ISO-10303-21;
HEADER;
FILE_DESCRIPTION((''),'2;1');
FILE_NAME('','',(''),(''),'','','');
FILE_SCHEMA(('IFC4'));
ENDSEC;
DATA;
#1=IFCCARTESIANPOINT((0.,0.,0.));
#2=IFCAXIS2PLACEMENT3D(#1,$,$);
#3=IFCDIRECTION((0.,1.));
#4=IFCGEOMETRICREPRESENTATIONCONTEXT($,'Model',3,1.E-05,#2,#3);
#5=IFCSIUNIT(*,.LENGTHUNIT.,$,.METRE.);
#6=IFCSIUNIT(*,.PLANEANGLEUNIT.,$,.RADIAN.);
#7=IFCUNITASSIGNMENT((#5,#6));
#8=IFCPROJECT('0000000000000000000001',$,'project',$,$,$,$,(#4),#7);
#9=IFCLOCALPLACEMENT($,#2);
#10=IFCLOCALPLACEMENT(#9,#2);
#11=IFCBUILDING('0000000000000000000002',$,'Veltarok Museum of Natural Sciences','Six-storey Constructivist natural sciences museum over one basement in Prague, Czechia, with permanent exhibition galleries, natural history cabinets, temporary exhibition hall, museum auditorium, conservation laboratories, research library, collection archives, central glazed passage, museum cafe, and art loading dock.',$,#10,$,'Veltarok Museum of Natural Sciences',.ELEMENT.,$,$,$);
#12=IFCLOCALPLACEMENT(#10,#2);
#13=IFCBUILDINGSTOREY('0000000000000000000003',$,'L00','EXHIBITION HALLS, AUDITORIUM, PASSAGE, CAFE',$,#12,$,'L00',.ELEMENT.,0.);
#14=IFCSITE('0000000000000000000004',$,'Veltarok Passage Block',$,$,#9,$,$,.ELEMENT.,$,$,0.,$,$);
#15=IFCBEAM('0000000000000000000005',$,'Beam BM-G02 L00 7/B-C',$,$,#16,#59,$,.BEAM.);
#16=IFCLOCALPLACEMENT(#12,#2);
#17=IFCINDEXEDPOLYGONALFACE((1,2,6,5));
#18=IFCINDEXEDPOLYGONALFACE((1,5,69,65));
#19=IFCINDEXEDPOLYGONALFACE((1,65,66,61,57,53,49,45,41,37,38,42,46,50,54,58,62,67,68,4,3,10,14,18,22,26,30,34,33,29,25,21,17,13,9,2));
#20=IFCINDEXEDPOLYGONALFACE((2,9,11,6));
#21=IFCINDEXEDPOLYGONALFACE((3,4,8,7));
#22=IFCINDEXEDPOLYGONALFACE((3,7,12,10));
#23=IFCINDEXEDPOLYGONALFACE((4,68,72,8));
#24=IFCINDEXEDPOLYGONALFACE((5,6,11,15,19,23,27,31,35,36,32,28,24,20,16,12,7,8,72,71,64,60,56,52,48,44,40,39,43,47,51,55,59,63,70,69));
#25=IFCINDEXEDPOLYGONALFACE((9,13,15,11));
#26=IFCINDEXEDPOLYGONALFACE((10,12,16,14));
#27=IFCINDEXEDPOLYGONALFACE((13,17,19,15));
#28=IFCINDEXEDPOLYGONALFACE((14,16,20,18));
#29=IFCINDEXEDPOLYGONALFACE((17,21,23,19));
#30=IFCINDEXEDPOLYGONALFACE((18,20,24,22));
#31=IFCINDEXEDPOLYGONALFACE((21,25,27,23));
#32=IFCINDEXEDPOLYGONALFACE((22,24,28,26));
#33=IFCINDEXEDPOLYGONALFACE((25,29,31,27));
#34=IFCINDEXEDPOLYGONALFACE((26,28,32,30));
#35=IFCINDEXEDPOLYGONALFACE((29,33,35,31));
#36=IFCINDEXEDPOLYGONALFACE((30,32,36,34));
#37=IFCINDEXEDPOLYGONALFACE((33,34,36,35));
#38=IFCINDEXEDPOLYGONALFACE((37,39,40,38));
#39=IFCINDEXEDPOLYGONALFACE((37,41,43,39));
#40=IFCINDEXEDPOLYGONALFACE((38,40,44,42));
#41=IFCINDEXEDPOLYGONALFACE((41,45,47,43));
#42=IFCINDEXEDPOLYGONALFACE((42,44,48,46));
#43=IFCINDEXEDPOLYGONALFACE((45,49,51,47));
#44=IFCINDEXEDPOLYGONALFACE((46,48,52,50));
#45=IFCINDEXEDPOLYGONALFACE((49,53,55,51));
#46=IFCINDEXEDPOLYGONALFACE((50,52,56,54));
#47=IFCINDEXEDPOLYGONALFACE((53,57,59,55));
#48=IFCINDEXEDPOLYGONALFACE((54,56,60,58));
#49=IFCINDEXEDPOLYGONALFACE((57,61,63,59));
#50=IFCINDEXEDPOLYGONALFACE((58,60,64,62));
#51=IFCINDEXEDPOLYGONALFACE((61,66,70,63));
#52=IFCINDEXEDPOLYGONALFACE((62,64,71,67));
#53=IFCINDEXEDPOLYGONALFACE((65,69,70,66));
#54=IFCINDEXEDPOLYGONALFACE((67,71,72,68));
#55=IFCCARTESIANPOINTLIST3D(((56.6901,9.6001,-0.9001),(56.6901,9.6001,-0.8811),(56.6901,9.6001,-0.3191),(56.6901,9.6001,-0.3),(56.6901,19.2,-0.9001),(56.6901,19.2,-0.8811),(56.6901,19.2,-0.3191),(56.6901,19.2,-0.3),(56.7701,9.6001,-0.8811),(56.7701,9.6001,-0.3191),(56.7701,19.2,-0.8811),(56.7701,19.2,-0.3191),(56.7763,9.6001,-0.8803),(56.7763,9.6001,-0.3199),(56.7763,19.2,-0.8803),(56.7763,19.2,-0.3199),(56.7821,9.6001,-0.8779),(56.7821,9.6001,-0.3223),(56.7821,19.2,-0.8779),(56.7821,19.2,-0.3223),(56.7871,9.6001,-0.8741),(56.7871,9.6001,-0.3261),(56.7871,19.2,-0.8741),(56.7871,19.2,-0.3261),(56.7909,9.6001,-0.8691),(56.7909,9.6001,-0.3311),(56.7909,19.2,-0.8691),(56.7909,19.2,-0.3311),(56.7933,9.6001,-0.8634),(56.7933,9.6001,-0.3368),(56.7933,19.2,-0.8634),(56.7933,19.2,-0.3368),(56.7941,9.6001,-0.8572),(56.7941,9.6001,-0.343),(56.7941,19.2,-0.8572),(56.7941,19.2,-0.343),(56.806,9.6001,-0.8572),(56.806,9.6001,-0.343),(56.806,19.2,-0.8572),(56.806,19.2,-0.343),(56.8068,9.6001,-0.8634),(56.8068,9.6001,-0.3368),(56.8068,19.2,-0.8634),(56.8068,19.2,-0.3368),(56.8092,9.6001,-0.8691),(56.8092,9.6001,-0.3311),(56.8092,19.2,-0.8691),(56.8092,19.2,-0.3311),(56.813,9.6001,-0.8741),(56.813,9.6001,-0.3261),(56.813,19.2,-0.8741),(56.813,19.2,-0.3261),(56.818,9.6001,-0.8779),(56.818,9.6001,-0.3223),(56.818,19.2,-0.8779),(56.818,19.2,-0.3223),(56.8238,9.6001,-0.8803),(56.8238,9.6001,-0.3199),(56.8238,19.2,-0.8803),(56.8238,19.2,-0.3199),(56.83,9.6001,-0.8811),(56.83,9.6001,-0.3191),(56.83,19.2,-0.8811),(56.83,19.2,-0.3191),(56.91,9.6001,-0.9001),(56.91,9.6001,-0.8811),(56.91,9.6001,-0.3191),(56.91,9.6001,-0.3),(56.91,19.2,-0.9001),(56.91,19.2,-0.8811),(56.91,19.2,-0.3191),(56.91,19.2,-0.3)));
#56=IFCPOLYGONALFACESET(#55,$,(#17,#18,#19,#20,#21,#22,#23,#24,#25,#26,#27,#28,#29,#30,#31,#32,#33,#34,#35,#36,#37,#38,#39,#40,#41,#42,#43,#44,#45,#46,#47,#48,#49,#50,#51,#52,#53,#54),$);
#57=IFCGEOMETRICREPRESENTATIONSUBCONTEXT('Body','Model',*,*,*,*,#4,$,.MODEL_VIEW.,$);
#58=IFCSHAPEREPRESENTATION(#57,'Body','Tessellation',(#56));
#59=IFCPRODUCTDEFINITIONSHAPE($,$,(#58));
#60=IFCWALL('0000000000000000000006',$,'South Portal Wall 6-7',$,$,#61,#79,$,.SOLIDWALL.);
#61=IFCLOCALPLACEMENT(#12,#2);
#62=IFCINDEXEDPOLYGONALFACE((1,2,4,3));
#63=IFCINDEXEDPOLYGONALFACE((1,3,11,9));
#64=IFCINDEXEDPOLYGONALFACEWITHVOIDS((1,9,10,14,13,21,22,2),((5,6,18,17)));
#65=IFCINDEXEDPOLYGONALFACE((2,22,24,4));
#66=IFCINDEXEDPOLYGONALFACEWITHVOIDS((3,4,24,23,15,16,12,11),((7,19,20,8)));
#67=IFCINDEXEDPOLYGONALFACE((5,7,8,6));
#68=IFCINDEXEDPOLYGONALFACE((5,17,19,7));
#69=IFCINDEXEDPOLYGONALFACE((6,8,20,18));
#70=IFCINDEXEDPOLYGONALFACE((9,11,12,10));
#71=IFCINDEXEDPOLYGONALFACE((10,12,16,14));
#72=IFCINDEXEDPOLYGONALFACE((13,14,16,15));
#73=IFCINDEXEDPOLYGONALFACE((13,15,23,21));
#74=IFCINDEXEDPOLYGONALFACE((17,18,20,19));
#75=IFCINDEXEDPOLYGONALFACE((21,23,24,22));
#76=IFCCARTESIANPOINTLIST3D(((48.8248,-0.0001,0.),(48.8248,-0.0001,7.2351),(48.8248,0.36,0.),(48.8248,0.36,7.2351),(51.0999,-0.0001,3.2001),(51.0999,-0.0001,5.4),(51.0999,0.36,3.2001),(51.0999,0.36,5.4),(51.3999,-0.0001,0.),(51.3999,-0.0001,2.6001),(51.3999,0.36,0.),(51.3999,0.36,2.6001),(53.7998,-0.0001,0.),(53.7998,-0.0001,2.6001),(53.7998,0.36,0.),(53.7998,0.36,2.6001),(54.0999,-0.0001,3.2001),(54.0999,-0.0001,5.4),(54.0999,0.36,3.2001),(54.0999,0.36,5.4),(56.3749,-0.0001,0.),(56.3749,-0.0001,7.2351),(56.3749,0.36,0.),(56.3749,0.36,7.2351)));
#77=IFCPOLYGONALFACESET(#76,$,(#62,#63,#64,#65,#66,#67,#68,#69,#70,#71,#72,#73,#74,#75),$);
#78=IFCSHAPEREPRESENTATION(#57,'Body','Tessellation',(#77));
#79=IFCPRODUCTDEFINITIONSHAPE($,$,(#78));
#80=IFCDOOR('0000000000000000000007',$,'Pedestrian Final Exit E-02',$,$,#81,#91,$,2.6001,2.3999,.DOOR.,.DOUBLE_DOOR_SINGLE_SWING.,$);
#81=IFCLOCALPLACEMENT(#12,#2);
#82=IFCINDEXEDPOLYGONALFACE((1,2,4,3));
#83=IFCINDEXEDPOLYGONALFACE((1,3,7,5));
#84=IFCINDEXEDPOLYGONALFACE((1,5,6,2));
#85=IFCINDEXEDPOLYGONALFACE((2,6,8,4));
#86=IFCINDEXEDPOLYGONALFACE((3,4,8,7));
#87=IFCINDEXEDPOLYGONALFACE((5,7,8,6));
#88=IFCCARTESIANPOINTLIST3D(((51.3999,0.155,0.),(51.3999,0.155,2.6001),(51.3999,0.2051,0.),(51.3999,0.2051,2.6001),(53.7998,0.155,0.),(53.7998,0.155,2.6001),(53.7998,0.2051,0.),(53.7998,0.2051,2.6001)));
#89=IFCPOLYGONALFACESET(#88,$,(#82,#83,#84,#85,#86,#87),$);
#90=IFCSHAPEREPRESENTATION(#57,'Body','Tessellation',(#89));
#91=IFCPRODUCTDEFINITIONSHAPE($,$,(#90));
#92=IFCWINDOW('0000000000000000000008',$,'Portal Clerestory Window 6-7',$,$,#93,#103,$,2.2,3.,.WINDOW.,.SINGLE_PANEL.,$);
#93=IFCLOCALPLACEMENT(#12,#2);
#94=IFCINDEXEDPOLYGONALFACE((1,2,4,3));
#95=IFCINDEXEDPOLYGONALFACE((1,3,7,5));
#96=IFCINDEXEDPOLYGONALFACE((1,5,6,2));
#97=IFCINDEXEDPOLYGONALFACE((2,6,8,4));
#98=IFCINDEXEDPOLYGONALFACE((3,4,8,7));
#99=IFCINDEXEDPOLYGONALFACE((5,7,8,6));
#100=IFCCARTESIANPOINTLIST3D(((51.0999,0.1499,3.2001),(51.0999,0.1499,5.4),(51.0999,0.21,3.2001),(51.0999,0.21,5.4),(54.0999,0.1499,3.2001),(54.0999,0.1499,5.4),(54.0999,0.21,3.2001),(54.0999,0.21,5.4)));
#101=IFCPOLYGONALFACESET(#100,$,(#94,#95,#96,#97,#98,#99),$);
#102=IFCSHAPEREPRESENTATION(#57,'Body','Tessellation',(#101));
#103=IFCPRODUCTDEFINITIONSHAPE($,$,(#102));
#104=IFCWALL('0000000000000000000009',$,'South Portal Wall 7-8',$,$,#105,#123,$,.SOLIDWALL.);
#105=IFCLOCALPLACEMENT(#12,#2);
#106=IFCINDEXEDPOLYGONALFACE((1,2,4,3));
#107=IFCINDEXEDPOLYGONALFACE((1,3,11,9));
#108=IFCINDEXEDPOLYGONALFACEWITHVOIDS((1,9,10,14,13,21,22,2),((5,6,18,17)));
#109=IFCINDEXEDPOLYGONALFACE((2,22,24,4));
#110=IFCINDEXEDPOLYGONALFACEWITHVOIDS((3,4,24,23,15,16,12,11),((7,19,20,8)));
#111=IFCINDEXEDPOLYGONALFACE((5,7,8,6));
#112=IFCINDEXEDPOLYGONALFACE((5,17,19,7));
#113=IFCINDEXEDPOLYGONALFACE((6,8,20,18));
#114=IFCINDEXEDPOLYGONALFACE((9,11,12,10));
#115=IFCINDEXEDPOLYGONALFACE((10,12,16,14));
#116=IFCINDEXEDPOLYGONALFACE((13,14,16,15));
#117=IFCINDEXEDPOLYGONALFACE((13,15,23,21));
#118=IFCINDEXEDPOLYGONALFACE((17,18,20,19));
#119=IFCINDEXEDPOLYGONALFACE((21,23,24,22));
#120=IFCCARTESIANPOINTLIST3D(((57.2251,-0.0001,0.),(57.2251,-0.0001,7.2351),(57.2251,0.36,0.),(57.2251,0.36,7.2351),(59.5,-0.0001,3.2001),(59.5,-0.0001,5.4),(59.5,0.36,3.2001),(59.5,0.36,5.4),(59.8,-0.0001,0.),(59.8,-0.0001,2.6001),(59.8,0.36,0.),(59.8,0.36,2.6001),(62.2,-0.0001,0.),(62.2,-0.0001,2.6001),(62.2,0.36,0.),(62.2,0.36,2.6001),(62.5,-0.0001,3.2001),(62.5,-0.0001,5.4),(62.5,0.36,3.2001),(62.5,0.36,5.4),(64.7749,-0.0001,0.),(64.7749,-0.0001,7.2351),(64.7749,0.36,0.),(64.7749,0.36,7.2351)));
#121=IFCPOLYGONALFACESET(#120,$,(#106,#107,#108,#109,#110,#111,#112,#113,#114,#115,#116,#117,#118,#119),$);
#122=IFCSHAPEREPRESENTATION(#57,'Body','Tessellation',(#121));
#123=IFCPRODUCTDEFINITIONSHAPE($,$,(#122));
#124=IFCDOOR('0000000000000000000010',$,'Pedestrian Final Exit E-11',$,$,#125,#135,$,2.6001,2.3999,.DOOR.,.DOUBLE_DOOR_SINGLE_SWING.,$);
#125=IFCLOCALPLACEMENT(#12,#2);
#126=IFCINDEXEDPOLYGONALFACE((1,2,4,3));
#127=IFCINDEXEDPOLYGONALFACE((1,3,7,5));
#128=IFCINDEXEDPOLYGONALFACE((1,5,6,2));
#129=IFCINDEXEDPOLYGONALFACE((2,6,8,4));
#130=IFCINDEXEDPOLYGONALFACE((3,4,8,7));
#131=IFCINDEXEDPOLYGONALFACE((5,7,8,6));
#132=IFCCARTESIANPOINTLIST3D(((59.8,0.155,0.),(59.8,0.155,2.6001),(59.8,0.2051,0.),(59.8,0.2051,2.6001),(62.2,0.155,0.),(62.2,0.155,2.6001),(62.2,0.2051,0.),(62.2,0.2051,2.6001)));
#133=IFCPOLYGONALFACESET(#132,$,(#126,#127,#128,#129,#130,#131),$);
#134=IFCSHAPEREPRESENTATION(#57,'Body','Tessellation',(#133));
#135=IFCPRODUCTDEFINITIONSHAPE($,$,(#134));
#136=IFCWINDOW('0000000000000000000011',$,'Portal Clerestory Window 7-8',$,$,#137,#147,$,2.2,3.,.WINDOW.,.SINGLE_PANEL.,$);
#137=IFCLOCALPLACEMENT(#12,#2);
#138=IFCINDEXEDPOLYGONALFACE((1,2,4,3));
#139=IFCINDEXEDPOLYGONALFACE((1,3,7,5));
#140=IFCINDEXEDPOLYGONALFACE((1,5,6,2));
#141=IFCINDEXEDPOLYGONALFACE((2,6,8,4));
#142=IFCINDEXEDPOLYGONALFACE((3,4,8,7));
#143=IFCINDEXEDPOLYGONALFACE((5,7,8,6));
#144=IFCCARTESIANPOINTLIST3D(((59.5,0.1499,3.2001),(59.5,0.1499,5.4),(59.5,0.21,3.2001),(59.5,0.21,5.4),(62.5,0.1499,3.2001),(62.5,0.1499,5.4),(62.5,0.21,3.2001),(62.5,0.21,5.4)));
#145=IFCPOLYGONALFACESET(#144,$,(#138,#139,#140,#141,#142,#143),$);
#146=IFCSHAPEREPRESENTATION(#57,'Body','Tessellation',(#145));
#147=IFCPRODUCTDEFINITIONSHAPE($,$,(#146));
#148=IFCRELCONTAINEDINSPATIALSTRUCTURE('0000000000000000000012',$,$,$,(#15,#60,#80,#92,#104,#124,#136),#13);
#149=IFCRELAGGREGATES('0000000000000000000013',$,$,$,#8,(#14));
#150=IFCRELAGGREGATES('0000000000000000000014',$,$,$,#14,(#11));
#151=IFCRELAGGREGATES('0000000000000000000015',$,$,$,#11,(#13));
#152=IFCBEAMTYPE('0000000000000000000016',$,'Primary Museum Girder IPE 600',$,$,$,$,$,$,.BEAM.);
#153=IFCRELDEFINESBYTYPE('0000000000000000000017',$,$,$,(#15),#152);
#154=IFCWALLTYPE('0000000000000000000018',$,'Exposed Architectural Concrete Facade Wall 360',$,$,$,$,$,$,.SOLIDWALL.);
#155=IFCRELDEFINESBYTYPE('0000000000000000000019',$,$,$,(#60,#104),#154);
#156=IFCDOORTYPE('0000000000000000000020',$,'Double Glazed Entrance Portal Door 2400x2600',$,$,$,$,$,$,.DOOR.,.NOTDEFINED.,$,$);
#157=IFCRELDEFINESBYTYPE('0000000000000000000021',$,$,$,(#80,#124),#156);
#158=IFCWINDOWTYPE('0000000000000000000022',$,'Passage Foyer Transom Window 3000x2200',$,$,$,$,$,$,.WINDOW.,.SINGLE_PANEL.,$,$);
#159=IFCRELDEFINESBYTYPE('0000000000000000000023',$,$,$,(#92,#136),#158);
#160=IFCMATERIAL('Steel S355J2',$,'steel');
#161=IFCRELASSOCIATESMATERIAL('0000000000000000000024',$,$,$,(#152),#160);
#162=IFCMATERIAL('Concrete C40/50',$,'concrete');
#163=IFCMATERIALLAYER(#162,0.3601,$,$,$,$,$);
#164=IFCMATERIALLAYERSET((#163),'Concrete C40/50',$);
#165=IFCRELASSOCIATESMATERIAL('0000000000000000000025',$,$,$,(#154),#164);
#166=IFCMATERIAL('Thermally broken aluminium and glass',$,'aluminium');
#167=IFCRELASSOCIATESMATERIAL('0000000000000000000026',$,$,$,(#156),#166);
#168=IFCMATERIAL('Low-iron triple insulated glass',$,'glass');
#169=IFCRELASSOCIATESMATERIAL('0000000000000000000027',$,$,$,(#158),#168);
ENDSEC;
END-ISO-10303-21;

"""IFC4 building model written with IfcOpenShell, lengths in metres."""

from ifc_helpers import new_model, si_unit, direction, frame, frame_2d, origin, origin_2d, place, context, subcontext, project, spatial, rectangle, i_section, extrude, material, layer, layer_set, material_profile, profile_set, type_object, element, fill, save


model = new_model("IFC4")

# Units and contexts
model_context = context("Model", 3, precision=1e-05, world=origin(), true_north=direction((0.0, 1.0)))
body_context = subcontext(model_context, "Body", "Model", "MODEL_VIEW")
ifc_project = project(units=[si_unit("LENGTHUNIT", "METRE"), si_unit("PLANEANGLEUNIT", "RADIAN")], contexts=[model_context])

# Site, building, storey
site_placement = place(None, origin())
site = spatial("IfcSite", under=ifc_project, at=site_placement, Name="Veltarok Passage Block", CompositionType="ELEMENT", RefElevation=0.0)
building_placement = place(site_placement, origin())
building = spatial("IfcBuilding", under=site, at=building_placement, Name="Veltarok Museum of Natural Sciences", Description="Six-storey Constructivist natural sciences museum over one basement in Prague, Czechia, with permanent exhibition galleries, natural history cabinets, temporary exhibition hall, museum auditorium, conservation laboratories, research library, collection archives, central glazed passage, museum cafe, and art loading dock.", LongName="Veltarok Museum of Natural Sciences", CompositionType="ELEMENT")
storey_placement = place(building_placement, origin())
storey = spatial("IfcBuildingStorey", under=building, at=storey_placement, Name="L00", Description="EXHIBITION HALLS, AUDITORIUM, PASSAGE, CAFE", LongName="L00", CompositionType="ELEMENT", Elevation=0.0)

# Shared definitions
ifc_material_1 = material(Name="Concrete C40/50", Category="concrete")
ifc_material_2 = material(Name="Steel S355J2", Category="steel")

# Beam
ifc_material_profile_1 = material_profile(ifc_material_2, i_section(OverallWidth=0.22, OverallDepth=0.6001, WebThickness=0.012, FlangeThickness=0.019, FilletRadius=0.0239, at=origin_2d()), Name="IPE 600")
ifc_profile_set_1 = profile_set([ifc_material_profile_1], Name="Steel S355J2")
beam_type_1 = type_object("IfcBeamType", Name="Primary Museum Girder IPE 600", PredefinedType="BEAM", material=ifc_profile_set_1)
for number, where, z_axis, x_axis, name in (
    (1, (56.8, 9.6001, -0.6001), (0.0, 1.0, 0.0), (-1.0, 0.0, 0.0), "Beam BM-G02 L00 7/B-C"),
):
    element("IfcBeam", number, at=place(storey_placement, frame(where, z_axis=z_axis, x_axis=x_axis)), inside=storey, type_object=beam_type_1, Name=name, PredefinedType="BEAM", context=body_context, shape_type="SweptSolid", body=[
        extrude(i_section(OverallWidth=0.22, OverallDepth=0.6001, WebThickness=0.012, FlangeThickness=0.019, FilletRadius=0.0239, at=origin_2d()), origin(), (0.0, 0.0, 1.0), 9.5999),
    ])

# Walls, openings, doors, windows
ifc_layer = layer(ifc_material_1, 0.3601)
ifc_layer_set = layer_set([ifc_layer], Name="Concrete C40/50")
wall_type = type_object("IfcWallType", Name="Exposed Architectural Concrete Facade Wall 360", PredefinedType="SOLIDWALL", material=ifc_layer_set)
wall_1_placement = place(storey_placement, frame((48.825, 0.1799, 0.0), z_axis=(0.0, 0.0, 1.0), x_axis=(1.0, 0.0, 0.0)))
wall_1 = element("IfcWall", 2, at=wall_1_placement, inside=storey, type_object=wall_type, Name="South Portal Wall 6-7", PredefinedType="SOLIDWALL", context=body_context, shape_type="SweptSolid", body=[
    extrude(rectangle(XDim=7.55, YDim=0.3601, at=frame_2d((3.7749, 0.0))), origin(), (0.0, 0.0, 1.0), 7.2351),
])
opening_1_placement = place(wall_1_placement, frame((2.575, 0.0, 0.0)))
opening_1 = element("IfcOpeningElement", 3, at=opening_1_placement, cuts=wall_1, PredefinedType="OPENING", context=body_context, shape_type="SweptSolid", body=[
    extrude(rectangle(XDim=2.3999, YDim=2.6001, at=frame_2d((1.2, 1.3))), frame((0.0, 0.1899, 0.0), z_axis=(0.0, -1.0, 0.0), x_axis=(1.0, 0.0, 0.0)), (0.0, 0.0, 1.0), 0.3801),
])
opening_2_placement = place(wall_1_placement, frame((2.2749, 0.0, 3.2)))
opening_2 = element("IfcOpeningElement", 4, at=opening_2_placement, cuts=wall_1, PredefinedType="OPENING", context=body_context, shape_type="SweptSolid", body=[
    extrude(rectangle(XDim=3.0, YDim=2.2, at=frame_2d((1.5, 1.1001))), frame((0.0, 0.1899, 0.0), z_axis=(0.0, -1.0, 0.0), x_axis=(1.0, 0.0, 0.0)), (0.0, 0.0, 1.0), 0.3801),
])
ifc_material_3 = material(Name="Thermally broken aluminium and glass", Category="aluminium")
door_type = type_object("IfcDoorType", Name="Double Glazed Entrance Portal Door 2400x2600", OperationType="NOTDEFINED", PredefinedType="DOOR", material=ifc_material_3)
door_1_placement = place(opening_1_placement, frame((2.3999, 0.0, 0.0), z_axis=(0.0, 0.0, 1.0), x_axis=(-1.0, 0.0, 0.0)))
door_1 = element("IfcDoor", 5, at=door_1_placement, inside=storey, type_object=door_type, Name="Pedestrian Final Exit E-02", OperationType="DOUBLE_DOOR_SINGLE_SWING", OverallHeight=2.6001, OverallWidth=2.3999, PredefinedType="DOOR", context=body_context, shape_type="SweptSolid", body=[
    extrude(rectangle(XDim=2.3999, YDim=2.6001, at=frame_2d((1.2, 1.3))), frame((0.0, 0.0249, 0.0), z_axis=(0.0, -1.0, 0.0), x_axis=(1.0, 0.0, 0.0)), (0.0, 0.0, 1.0), 0.05),
])
fill(opening_1, door_1)
ifc_material_4 = material(Name="Low-iron triple insulated glass", Category="glass")
window_type = type_object("IfcWindowType", Name="Passage Foyer Transom Window 3000x2200", PartitioningType="SINGLE_PANEL", PredefinedType="WINDOW", material=ifc_material_4)
window_1_placement = place(opening_2_placement, origin())
window_1 = element("IfcWindow", 6, at=window_1_placement, inside=storey, type_object=window_type, Name="Portal Clerestory Window 6-7", OverallHeight=2.2, OverallWidth=3.0, PartitioningType="SINGLE_PANEL", PredefinedType="WINDOW", context=body_context, shape_type="SweptSolid", body=[
    extrude(rectangle(XDim=3.0, YDim=2.2, at=frame_2d((1.5, 1.1001))), frame((0.0, 0.03, 0.0), z_axis=(0.0, -1.0, 0.0), x_axis=(1.0, 0.0, 0.0)), (0.0, 0.0, 1.0), 0.0601),
])
fill(opening_2, window_1)
wall_2_placement = place(storey_placement, frame((57.2251, 0.1799, 0.0), z_axis=(0.0, 0.0, 1.0), x_axis=(1.0, 0.0, 0.0)))
wall_2 = element("IfcWall", 7, at=wall_2_placement, inside=storey, type_object=wall_type, Name="South Portal Wall 7-8", PredefinedType="SOLIDWALL", context=body_context, shape_type="SweptSolid", body=[
    extrude(rectangle(XDim=7.5498, YDim=0.3601, at=frame_2d((3.7749, 0.0))), origin(), (0.0, 0.0, 1.0), 7.2351),
])
opening_3_placement = place(wall_2_placement, frame((2.575, 0.0, 0.0)))
opening_3 = element("IfcOpeningElement", 8, at=opening_3_placement, cuts=wall_2, PredefinedType="OPENING", context=body_context, shape_type="SweptSolid", body=[
    extrude(rectangle(XDim=2.3999, YDim=2.6001, at=frame_2d((1.2, 1.3))), frame((0.0, 0.1899, 0.0), z_axis=(0.0, -1.0, 0.0), x_axis=(1.0, 0.0, 0.0)), (0.0, 0.0, 1.0), 0.3801),
])
opening_4_placement = place(wall_2_placement, frame((2.2749, 0.0, 3.2)))
opening_4 = element("IfcOpeningElement", 9, at=opening_4_placement, cuts=wall_2, PredefinedType="OPENING", context=body_context, shape_type="SweptSolid", body=[
    extrude(rectangle(XDim=3.0, YDim=2.2, at=frame_2d((1.5, 1.1001))), frame((0.0, 0.1899, 0.0), z_axis=(0.0, -1.0, 0.0), x_axis=(1.0, 0.0, 0.0)), (0.0, 0.0, 1.0), 0.3801),
])
door_2_placement = place(opening_3_placement, frame((2.3999, 0.0, 0.0), z_axis=(0.0, 0.0, 1.0), x_axis=(-1.0, 0.0, 0.0)))
door_2 = element("IfcDoor", 10, at=door_2_placement, inside=storey, type_object=door_type, Name="Pedestrian Final Exit E-11", OperationType="DOUBLE_DOOR_SINGLE_SWING", OverallHeight=2.6001, OverallWidth=2.3999, PredefinedType="DOOR", context=body_context, shape_type="SweptSolid", body=[
    extrude(rectangle(XDim=2.3999, YDim=2.6001, at=frame_2d((1.2, 1.3))), frame((0.0, 0.0249, 0.0), z_axis=(0.0, -1.0, 0.0), x_axis=(1.0, 0.0, 0.0)), (0.0, 0.0, 1.0), 0.05),
])
fill(opening_3, door_2)
window_2_placement = place(opening_4_placement, origin())
window_2 = element("IfcWindow", 11, at=window_2_placement, inside=storey, type_object=window_type, Name="Portal Clerestory Window 7-8", OverallHeight=2.2, OverallWidth=3.0, PartitioningType="SINGLE_PANEL", PredefinedType="WINDOW", context=body_context, shape_type="SweptSolid", body=[
    extrude(rectangle(XDim=3.0, YDim=2.2, at=frame_2d((1.5, 1.1001))), frame((0.0, 0.03, 0.0), z_axis=(0.0, -1.0, 0.0), x_axis=(1.0, 0.0, 0.0)), (0.0, 0.0, 1.0), 0.0601),
])
fill(opening_4, window_2)

save(model, "model.ifc")
